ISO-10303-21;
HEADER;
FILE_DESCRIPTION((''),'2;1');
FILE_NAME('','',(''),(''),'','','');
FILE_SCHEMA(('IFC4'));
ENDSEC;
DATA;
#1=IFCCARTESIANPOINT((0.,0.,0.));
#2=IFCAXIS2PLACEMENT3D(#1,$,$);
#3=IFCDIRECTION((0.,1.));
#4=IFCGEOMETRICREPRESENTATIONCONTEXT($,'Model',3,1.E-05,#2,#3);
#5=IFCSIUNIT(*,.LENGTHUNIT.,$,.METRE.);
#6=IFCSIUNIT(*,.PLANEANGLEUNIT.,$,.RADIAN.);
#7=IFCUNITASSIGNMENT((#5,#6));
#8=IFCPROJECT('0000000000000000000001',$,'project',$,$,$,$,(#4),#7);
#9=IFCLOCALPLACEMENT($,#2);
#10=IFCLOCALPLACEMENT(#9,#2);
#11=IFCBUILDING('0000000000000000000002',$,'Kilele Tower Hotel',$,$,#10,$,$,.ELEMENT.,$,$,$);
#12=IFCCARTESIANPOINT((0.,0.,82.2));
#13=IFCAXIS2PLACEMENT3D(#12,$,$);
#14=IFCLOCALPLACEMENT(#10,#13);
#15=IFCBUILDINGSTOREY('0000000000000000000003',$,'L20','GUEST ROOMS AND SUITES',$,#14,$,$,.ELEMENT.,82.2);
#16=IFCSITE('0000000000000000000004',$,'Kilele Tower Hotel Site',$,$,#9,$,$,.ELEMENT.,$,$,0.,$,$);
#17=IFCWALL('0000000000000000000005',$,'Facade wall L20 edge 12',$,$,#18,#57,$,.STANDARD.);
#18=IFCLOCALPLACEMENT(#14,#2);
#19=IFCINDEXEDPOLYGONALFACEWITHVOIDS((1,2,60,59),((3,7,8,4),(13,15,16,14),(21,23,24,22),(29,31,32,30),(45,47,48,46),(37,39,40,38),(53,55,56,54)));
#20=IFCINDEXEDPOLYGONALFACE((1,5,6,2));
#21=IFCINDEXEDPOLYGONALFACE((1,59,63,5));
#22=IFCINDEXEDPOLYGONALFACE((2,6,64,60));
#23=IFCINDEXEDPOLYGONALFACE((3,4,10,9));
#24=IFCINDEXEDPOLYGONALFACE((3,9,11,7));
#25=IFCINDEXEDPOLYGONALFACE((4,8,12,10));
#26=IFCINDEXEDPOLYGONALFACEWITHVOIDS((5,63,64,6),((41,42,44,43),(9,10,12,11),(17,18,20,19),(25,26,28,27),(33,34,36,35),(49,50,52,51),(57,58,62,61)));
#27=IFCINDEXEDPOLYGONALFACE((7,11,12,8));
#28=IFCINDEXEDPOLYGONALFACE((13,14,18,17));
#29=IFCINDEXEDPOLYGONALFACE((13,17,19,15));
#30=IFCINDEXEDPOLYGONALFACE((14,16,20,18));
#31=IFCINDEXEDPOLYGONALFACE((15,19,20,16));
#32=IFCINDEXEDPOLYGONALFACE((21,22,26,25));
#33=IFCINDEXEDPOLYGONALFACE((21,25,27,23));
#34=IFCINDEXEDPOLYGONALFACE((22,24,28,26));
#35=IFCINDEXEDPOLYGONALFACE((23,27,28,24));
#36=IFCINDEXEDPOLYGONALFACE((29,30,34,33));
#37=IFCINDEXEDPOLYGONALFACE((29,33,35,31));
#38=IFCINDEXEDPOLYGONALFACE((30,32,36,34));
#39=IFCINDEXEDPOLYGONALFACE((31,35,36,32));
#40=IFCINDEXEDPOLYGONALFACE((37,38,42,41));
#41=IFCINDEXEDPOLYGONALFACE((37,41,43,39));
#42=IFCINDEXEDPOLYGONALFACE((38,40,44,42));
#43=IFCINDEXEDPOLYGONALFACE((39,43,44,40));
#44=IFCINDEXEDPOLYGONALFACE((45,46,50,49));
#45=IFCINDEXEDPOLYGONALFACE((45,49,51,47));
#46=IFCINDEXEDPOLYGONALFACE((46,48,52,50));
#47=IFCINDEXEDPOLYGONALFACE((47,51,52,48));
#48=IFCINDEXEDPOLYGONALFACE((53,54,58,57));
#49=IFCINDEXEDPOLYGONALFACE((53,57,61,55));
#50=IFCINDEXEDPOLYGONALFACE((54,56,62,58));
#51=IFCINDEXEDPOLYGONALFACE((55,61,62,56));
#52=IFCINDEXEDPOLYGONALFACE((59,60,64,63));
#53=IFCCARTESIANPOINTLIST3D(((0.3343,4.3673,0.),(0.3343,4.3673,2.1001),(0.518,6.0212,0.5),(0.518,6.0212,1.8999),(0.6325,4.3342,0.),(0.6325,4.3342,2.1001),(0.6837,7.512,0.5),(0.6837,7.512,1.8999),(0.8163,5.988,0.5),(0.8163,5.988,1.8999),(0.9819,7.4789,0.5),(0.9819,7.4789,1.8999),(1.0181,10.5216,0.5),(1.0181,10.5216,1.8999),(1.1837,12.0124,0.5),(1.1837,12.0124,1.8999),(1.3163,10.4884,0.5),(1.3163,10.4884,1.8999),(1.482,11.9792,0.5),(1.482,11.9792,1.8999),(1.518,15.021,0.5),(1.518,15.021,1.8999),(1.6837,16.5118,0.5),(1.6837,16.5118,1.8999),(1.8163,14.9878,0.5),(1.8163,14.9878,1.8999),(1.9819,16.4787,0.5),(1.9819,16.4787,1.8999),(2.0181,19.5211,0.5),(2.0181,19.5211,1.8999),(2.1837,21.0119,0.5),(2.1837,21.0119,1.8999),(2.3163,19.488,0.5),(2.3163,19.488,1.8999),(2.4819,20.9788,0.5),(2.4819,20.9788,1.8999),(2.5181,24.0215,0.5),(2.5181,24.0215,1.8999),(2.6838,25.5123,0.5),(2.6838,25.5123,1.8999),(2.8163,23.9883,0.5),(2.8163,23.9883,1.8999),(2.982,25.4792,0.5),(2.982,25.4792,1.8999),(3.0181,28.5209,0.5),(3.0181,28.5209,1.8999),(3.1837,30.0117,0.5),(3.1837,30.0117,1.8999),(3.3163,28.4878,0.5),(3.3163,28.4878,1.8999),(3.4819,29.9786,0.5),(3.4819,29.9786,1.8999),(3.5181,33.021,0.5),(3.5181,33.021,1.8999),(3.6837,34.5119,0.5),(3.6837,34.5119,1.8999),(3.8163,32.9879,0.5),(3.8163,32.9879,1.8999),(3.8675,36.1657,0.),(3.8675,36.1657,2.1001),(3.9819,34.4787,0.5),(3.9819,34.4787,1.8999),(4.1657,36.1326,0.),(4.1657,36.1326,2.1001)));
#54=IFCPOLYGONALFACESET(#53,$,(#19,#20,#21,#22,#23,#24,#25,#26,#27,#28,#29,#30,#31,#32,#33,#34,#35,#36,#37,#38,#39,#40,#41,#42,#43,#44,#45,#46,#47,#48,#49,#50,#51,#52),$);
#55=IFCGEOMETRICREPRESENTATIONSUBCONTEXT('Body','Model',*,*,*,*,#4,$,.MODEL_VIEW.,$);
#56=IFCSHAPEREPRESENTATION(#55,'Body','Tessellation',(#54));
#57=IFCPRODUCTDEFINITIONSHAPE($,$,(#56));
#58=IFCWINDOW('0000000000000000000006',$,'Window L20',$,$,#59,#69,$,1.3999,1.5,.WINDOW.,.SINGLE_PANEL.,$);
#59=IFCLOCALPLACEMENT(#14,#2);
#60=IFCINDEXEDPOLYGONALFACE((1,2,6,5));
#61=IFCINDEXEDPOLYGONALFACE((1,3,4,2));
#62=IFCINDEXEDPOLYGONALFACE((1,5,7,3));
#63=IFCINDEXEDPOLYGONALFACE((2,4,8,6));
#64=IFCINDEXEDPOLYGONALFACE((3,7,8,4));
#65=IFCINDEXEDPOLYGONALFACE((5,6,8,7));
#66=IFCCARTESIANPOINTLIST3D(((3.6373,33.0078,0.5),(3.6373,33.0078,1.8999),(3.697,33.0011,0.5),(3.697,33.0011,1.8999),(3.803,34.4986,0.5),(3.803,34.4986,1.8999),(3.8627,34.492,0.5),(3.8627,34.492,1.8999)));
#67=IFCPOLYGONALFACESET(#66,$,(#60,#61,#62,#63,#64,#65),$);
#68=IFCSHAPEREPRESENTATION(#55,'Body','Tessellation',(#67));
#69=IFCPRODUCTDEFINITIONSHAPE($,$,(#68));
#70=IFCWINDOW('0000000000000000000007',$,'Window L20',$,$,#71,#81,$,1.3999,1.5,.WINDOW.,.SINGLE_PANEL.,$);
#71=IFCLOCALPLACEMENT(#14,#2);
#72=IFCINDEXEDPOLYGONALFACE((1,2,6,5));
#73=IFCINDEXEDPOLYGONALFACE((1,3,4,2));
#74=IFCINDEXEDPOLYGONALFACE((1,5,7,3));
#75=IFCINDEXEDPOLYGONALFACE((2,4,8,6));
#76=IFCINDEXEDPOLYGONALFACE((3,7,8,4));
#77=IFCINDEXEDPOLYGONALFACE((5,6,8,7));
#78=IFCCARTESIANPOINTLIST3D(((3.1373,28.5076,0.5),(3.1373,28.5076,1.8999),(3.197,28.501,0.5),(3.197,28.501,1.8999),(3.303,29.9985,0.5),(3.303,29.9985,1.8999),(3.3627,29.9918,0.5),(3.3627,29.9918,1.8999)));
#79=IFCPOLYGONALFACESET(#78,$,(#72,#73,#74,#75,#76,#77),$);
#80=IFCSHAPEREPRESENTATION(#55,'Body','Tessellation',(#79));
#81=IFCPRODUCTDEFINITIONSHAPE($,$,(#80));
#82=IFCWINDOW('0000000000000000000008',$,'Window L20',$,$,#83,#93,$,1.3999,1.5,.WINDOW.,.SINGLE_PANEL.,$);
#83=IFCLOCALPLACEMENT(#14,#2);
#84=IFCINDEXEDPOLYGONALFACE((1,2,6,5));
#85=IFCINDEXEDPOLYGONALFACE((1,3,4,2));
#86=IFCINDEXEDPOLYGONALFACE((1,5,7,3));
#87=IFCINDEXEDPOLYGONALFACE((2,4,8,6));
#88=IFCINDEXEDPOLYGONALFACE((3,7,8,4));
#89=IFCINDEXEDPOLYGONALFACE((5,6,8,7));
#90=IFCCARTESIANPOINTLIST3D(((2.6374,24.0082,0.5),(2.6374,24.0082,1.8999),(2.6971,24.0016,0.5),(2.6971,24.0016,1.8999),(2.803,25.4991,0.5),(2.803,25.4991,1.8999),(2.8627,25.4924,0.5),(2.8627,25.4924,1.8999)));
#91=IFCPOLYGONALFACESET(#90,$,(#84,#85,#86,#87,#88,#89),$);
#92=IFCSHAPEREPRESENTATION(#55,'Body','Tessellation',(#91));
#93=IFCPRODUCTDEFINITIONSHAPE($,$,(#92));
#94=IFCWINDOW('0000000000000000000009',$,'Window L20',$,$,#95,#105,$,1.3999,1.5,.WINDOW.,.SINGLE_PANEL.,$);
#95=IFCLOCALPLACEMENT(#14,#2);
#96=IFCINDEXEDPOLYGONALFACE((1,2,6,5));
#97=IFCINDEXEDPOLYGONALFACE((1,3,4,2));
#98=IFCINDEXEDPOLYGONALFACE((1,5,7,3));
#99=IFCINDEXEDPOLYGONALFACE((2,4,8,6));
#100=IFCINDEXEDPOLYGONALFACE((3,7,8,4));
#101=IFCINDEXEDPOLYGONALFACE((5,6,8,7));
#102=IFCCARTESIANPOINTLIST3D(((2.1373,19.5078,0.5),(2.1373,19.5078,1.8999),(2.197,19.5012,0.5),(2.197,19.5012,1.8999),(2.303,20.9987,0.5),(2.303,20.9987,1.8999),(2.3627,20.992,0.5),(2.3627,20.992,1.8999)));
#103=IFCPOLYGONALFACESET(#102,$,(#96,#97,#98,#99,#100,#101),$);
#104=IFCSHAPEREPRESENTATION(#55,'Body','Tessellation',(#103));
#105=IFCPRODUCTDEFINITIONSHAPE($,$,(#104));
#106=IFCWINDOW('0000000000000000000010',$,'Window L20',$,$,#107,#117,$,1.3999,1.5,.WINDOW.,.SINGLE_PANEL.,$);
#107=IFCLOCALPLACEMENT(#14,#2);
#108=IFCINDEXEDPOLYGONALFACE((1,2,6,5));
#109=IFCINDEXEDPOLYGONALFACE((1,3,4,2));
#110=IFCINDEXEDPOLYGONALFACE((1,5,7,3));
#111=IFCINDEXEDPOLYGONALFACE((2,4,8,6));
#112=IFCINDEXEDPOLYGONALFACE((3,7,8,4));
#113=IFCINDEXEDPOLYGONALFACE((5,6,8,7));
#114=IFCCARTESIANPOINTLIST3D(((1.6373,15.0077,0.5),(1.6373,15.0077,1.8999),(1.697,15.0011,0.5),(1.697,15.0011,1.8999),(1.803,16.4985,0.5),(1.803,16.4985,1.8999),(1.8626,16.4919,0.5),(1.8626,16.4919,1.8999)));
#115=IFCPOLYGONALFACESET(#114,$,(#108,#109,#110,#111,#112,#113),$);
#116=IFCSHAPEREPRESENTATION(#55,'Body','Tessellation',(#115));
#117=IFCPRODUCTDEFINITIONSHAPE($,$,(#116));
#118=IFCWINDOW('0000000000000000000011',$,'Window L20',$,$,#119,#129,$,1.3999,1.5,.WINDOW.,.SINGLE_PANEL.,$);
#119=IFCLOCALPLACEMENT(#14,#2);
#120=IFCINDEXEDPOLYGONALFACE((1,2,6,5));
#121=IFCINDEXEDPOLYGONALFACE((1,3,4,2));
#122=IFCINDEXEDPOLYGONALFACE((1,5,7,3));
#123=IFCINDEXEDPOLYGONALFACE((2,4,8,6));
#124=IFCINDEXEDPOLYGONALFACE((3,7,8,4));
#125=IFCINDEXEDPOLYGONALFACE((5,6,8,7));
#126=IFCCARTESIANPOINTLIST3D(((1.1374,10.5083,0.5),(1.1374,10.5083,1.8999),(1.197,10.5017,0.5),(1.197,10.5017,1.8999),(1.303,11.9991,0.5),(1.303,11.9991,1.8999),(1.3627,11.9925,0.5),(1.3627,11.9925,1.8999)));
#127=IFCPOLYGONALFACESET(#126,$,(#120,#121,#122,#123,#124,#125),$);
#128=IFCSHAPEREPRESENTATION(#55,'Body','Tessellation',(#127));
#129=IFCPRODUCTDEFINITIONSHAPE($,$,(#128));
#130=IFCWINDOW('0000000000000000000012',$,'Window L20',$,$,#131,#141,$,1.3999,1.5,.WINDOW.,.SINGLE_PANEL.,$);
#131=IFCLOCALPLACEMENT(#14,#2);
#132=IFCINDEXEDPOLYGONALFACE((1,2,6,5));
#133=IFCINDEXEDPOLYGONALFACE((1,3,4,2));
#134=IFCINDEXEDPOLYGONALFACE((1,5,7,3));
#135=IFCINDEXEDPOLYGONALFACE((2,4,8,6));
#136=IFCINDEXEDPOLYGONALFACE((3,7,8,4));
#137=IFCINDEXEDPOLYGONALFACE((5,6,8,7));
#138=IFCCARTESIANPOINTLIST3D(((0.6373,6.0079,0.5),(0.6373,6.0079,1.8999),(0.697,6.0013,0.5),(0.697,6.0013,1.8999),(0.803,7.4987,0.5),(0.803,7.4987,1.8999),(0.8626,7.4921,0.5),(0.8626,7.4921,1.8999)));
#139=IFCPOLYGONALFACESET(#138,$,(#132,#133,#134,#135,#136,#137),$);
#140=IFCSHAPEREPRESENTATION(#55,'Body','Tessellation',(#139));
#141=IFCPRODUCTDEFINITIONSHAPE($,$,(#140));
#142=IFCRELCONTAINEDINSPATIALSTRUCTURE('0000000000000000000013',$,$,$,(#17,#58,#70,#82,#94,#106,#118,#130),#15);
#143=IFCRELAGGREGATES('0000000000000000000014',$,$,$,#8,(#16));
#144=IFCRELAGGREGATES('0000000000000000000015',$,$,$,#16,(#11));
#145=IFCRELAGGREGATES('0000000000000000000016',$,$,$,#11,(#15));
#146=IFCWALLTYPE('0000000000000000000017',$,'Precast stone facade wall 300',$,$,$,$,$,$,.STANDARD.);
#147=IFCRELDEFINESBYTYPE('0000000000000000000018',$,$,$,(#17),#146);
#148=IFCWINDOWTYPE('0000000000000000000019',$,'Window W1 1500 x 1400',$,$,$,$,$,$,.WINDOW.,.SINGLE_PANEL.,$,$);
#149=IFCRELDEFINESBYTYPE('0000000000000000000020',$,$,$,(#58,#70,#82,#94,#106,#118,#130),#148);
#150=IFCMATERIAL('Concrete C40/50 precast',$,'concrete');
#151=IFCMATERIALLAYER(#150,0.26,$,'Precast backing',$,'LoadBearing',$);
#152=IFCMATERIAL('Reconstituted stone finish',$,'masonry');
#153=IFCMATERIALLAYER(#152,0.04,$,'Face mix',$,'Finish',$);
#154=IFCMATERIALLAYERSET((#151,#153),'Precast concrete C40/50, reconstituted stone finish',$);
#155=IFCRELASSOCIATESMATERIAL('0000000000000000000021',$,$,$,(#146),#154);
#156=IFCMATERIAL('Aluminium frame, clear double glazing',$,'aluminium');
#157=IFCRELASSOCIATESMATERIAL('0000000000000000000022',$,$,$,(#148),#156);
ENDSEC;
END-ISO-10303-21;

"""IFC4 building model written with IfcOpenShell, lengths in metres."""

from ifc_helpers import new_model, si_unit, direction, frame, frame_2d, origin, place, context, subcontext, project, spatial, rectangle, extrude, material, layer, layer_set, type_object, element, fill, save


model = new_model("IFC4")

# Units and contexts
model_context = context("Model", 3, precision=1e-05, world=origin(), true_north=direction((0.0, 1.0)))
body_context = subcontext(model_context, "Body", "Model", "MODEL_VIEW")
ifc_project = project(units=[si_unit("LENGTHUNIT", "METRE"), si_unit("PLANEANGLEUNIT", "RADIAN")], contexts=[model_context])

# Site, building, storey
site_placement = place(None, origin())
site = spatial("IfcSite", under=ifc_project, at=site_placement, Name="Kilele Tower Hotel Site", CompositionType="ELEMENT", RefElevation=0.0)
building_placement = place(site_placement, origin())
building = spatial("IfcBuilding", under=site, at=building_placement, Name="Kilele Tower Hotel", CompositionType="ELEMENT")
storey_placement = place(building_placement, frame((0.0, 0.0, 82.2)))
storey = spatial("IfcBuildingStorey", under=building, at=storey_placement, Name="L20", Description="GUEST ROOMS AND SUITES", CompositionType="ELEMENT", Elevation=82.2)

# Shared definitions
ifc_material_1 = material(Name="Concrete C40/50 precast", Category="concrete")
ifc_layer_1 = layer(ifc_material_1, 0.26, Name="Precast backing", Category="LoadBearing")
ifc_material_2 = material(Name="Reconstituted stone finish", Category="masonry")
ifc_layer_2 = layer(ifc_material_2, 0.04, Name="Face mix", Category="Finish")
ifc_layer_set_1 = layer_set([ifc_layer_1, ifc_layer_2], Name="Precast concrete C40/50, reconstituted stone finish")
wall_type_1 = type_object("IfcWallType", Name="Precast stone facade wall 300", PredefinedType="STANDARD", material=ifc_layer_set_1)
ifc_material_3 = material(Name="Aluminium frame, clear double glazing", Category="aluminium")
window_type_1 = type_object("IfcWindowType", Name="Window W1 1500 x 1400", PartitioningType="SINGLE_PANEL", PredefinedType="WINDOW", material=ifc_material_3)

# Wall, openings, windows
wall_1_placement = place(storey_placement, frame((4.0166, 36.1492, 0.0), z_axis=(0.0, 0.0, 1.0), x_axis=(-0.110433, -0.993884, 0.0)))
wall_1 = element("IfcWall", 1, at=wall_1_placement, inside=storey, type_object=wall_type_1, Name="Facade wall L20 edge 12", PredefinedType="STANDARD", context=body_context, shape_type="SweptSolid", body=[
    extrude(rectangle(XDim=31.9941, YDim=0.3, at=frame_2d((15.9971, 0.0))), origin(), (0.0, 0.0, 1.0), 2.1001),
])
opening_1_placement = place(wall_1_placement, frame((1.6641, 0.0, 0.5)))
opening_1 = element("IfcOpeningElement", 2, at=opening_1_placement, cuts=wall_1, PredefinedType="OPENING", context=body_context, shape_type="SweptSolid", body=[
    extrude(rectangle(XDim=1.5, YDim=1.3999, at=frame_2d((0.75, 0.7))), frame((0.0, 0.1599, 0.0), z_axis=(0.0, -1.0, 0.0), x_axis=(1.0, 0.0, 0.0)), (0.0, 0.0, 1.0), 0.3201),
])
opening_2_placement = place(wall_1_placement, frame((6.1919, 0.0, 0.5)))
opening_2 = element("IfcOpeningElement", 3, at=opening_2_placement, cuts=wall_1, PredefinedType="OPENING", context=body_context, shape_type="SweptSolid", body=[
    extrude(rectangle(XDim=1.5, YDim=1.3999, at=frame_2d((0.75, 0.7))), frame((0.0, 0.1599, 0.0), z_axis=(0.0, -1.0, 0.0), x_axis=(1.0, 0.0, 0.0)), (0.0, 0.0, 1.0), 0.3201),
])
opening_3_placement = place(wall_1_placement, frame((10.719, 0.0, 0.5)))
opening_3 = element("IfcOpeningElement", 4, at=opening_3_placement, cuts=wall_1, PredefinedType="OPENING", context=body_context, shape_type="SweptSolid", body=[
    extrude(rectangle(XDim=1.5, YDim=1.3999, at=frame_2d((0.75, 0.7))), frame((0.0, 0.1599, 0.0), z_axis=(0.0, -1.0, 0.0), x_axis=(1.0, 0.0, 0.0)), (0.0, 0.0, 1.0), 0.3201),
])
opening_4_placement = place(wall_1_placement, frame((15.2471, 0.0, 0.5)))
opening_4 = element("IfcOpeningElement", 5, at=opening_4_placement, cuts=wall_1, PredefinedType="OPENING", context=body_context, shape_type="SweptSolid", body=[
    extrude(rectangle(XDim=1.5, YDim=1.3999, at=frame_2d((0.75, 0.7))), frame((0.0, 0.1599, 0.0), z_axis=(0.0, -1.0, 0.0), x_axis=(1.0, 0.0, 0.0)), (0.0, 0.0, 1.0), 0.3201),
])
opening_5_placement = place(wall_1_placement, frame((19.7749, 0.0, 0.5)))
opening_5 = element("IfcOpeningElement", 6, at=opening_5_placement, cuts=wall_1, PredefinedType="OPENING", context=body_context, shape_type="SweptSolid", body=[
    extrude(rectangle(XDim=1.5, YDim=1.3999, at=frame_2d((0.75, 0.7))), frame((0.0, 0.1599, 0.0), z_axis=(0.0, -1.0, 0.0), x_axis=(1.0, 0.0, 0.0)), (0.0, 0.0, 1.0), 0.3201),
])
opening_6_placement = place(wall_1_placement, frame((24.302, 0.0, 0.5)))
opening_6 = element("IfcOpeningElement", 7, at=opening_6_placement, cuts=wall_1, PredefinedType="OPENING", context=body_context, shape_type="SweptSolid", body=[
    extrude(rectangle(XDim=1.5, YDim=1.3999, at=frame_2d((0.75, 0.7))), frame((0.0, 0.1599, 0.0), z_axis=(0.0, -1.0, 0.0), x_axis=(1.0, 0.0, 0.0)), (0.0, 0.0, 1.0), 0.3201),
])
opening_7_placement = place(wall_1_placement, frame((28.8301, 0.0, 0.5)))
opening_7 = element("IfcOpeningElement", 8, at=opening_7_placement, cuts=wall_1, PredefinedType="OPENING", context=body_context, shape_type="SweptSolid", body=[
    extrude(rectangle(XDim=1.5, YDim=1.3999, at=frame_2d((0.75, 0.7))), frame((0.0, 0.1599, 0.0), z_axis=(0.0, -1.0, 0.0), x_axis=(1.0, 0.0, 0.0)), (0.0, 0.0, 1.0), 0.3201),
])
window_1_placement = place(opening_1_placement, origin())
window_1 = element("IfcWindow", 9, at=window_1_placement, inside=storey, type_object=window_type_1, Name="Window L20", OverallHeight=1.3999, OverallWidth=1.5, PartitioningType="SINGLE_PANEL", PredefinedType="WINDOW", context=body_context, shape_type="SweptSolid", body=[
    extrude(rectangle(XDim=1.5, YDim=1.3999, at=frame_2d((0.75, 0.7))), frame((0.0, 0.03, 0.0), z_axis=(0.0, -1.0, 0.0), x_axis=(1.0, 0.0, 0.0)), (0.0, 0.0, 1.0), 0.0601),
])
fill(opening_1, window_1)
window_2_placement = place(opening_2_placement, origin())
window_2 = element("IfcWindow", 10, at=window_2_placement, inside=storey, type_object=window_type_1, Name="Window L20", OverallHeight=1.3999, OverallWidth=1.5, PartitioningType="SINGLE_PANEL", PredefinedType="WINDOW", context=body_context, shape_type="SweptSolid", body=[
    extrude(rectangle(XDim=1.5, YDim=1.3999, at=frame_2d((0.75, 0.7))), frame((0.0, 0.03, 0.0), z_axis=(0.0, -1.0, 0.0), x_axis=(1.0, 0.0, 0.0)), (0.0, 0.0, 1.0), 0.0601),
])
fill(opening_2, window_2)
window_3_placement = place(opening_3_placement, origin())
window_3 = element("IfcWindow", 11, at=window_3_placement, inside=storey, type_object=window_type_1, Name="Window L20", OverallHeight=1.3999, OverallWidth=1.5, PartitioningType="SINGLE_PANEL", PredefinedType="WINDOW", context=body_context, shape_type="SweptSolid", body=[
    extrude(rectangle(XDim=1.5, YDim=1.3999, at=frame_2d((0.75, 0.7))), frame((0.0, 0.03, 0.0), z_axis=(0.0, -1.0, 0.0), x_axis=(1.0, 0.0, 0.0)), (0.0, 0.0, 1.0), 0.0601),
])
fill(opening_3, window_3)
window_4_placement = place(opening_4_placement, origin())
window_4 = element("IfcWindow", 12, at=window_4_placement, inside=storey, type_object=window_type_1, Name="Window L20", OverallHeight=1.3999, OverallWidth=1.5, PartitioningType="SINGLE_PANEL", PredefinedType="WINDOW", context=body_context, shape_type="SweptSolid", body=[
    extrude(rectangle(XDim=1.5, YDim=1.3999, at=frame_2d((0.75, 0.7))), frame((0.0, 0.03, 0.0), z_axis=(0.0, -1.0, 0.0), x_axis=(1.0, 0.0, 0.0)), (0.0, 0.0, 1.0), 0.0601),
])
fill(opening_4, window_4)
window_5_placement = place(opening_5_placement, origin())
window_5 = element("IfcWindow", 13, at=window_5_placement, inside=storey, type_object=window_type_1, Name="Window L20", OverallHeight=1.3999, OverallWidth=1.5, PartitioningType="SINGLE_PANEL", PredefinedType="WINDOW", context=body_context, shape_type="SweptSolid", body=[
    extrude(rectangle(XDim=1.5, YDim=1.3999, at=frame_2d((0.75, 0.7))), frame((0.0, 0.03, 0.0), z_axis=(0.0, -1.0, 0.0), x_axis=(1.0, 0.0, 0.0)), (0.0, 0.0, 1.0), 0.0601),
])
fill(opening_5, window_5)
window_6_placement = place(opening_6_placement, origin())
window_6 = element("IfcWindow", 14, at=window_6_placement, inside=storey, type_object=window_type_1, Name="Window L20", OverallHeight=1.3999, OverallWidth=1.5, PartitioningType="SINGLE_PANEL", PredefinedType="WINDOW", context=body_context, shape_type="SweptSolid", body=[
    extrude(rectangle(XDim=1.5, YDim=1.3999, at=frame_2d((0.75, 0.7))), frame((0.0, 0.03, 0.0), z_axis=(0.0, -1.0, 0.0), x_axis=(1.0, 0.0, 0.0)), (0.0, 0.0, 1.0), 0.0601),
])
fill(opening_6, window_6)
window_7_placement = place(opening_7_placement, origin())
window_7 = element("IfcWindow", 15, at=window_7_placement, inside=storey, type_object=window_type_1, Name="Window L20", OverallHeight=1.3999, OverallWidth=1.5, PartitioningType="SINGLE_PANEL", PredefinedType="WINDOW", context=body_context, shape_type="SweptSolid", body=[
    extrude(rectangle(XDim=1.5, YDim=1.3999, at=frame_2d((0.75, 0.7))), frame((0.0, 0.03, 0.0), z_axis=(0.0, -1.0, 0.0), x_axis=(1.0, 0.0, 0.0)), (0.0, 0.0, 1.0), 0.0601),
])
fill(opening_7, window_7)

save(model, "model.ifc")
